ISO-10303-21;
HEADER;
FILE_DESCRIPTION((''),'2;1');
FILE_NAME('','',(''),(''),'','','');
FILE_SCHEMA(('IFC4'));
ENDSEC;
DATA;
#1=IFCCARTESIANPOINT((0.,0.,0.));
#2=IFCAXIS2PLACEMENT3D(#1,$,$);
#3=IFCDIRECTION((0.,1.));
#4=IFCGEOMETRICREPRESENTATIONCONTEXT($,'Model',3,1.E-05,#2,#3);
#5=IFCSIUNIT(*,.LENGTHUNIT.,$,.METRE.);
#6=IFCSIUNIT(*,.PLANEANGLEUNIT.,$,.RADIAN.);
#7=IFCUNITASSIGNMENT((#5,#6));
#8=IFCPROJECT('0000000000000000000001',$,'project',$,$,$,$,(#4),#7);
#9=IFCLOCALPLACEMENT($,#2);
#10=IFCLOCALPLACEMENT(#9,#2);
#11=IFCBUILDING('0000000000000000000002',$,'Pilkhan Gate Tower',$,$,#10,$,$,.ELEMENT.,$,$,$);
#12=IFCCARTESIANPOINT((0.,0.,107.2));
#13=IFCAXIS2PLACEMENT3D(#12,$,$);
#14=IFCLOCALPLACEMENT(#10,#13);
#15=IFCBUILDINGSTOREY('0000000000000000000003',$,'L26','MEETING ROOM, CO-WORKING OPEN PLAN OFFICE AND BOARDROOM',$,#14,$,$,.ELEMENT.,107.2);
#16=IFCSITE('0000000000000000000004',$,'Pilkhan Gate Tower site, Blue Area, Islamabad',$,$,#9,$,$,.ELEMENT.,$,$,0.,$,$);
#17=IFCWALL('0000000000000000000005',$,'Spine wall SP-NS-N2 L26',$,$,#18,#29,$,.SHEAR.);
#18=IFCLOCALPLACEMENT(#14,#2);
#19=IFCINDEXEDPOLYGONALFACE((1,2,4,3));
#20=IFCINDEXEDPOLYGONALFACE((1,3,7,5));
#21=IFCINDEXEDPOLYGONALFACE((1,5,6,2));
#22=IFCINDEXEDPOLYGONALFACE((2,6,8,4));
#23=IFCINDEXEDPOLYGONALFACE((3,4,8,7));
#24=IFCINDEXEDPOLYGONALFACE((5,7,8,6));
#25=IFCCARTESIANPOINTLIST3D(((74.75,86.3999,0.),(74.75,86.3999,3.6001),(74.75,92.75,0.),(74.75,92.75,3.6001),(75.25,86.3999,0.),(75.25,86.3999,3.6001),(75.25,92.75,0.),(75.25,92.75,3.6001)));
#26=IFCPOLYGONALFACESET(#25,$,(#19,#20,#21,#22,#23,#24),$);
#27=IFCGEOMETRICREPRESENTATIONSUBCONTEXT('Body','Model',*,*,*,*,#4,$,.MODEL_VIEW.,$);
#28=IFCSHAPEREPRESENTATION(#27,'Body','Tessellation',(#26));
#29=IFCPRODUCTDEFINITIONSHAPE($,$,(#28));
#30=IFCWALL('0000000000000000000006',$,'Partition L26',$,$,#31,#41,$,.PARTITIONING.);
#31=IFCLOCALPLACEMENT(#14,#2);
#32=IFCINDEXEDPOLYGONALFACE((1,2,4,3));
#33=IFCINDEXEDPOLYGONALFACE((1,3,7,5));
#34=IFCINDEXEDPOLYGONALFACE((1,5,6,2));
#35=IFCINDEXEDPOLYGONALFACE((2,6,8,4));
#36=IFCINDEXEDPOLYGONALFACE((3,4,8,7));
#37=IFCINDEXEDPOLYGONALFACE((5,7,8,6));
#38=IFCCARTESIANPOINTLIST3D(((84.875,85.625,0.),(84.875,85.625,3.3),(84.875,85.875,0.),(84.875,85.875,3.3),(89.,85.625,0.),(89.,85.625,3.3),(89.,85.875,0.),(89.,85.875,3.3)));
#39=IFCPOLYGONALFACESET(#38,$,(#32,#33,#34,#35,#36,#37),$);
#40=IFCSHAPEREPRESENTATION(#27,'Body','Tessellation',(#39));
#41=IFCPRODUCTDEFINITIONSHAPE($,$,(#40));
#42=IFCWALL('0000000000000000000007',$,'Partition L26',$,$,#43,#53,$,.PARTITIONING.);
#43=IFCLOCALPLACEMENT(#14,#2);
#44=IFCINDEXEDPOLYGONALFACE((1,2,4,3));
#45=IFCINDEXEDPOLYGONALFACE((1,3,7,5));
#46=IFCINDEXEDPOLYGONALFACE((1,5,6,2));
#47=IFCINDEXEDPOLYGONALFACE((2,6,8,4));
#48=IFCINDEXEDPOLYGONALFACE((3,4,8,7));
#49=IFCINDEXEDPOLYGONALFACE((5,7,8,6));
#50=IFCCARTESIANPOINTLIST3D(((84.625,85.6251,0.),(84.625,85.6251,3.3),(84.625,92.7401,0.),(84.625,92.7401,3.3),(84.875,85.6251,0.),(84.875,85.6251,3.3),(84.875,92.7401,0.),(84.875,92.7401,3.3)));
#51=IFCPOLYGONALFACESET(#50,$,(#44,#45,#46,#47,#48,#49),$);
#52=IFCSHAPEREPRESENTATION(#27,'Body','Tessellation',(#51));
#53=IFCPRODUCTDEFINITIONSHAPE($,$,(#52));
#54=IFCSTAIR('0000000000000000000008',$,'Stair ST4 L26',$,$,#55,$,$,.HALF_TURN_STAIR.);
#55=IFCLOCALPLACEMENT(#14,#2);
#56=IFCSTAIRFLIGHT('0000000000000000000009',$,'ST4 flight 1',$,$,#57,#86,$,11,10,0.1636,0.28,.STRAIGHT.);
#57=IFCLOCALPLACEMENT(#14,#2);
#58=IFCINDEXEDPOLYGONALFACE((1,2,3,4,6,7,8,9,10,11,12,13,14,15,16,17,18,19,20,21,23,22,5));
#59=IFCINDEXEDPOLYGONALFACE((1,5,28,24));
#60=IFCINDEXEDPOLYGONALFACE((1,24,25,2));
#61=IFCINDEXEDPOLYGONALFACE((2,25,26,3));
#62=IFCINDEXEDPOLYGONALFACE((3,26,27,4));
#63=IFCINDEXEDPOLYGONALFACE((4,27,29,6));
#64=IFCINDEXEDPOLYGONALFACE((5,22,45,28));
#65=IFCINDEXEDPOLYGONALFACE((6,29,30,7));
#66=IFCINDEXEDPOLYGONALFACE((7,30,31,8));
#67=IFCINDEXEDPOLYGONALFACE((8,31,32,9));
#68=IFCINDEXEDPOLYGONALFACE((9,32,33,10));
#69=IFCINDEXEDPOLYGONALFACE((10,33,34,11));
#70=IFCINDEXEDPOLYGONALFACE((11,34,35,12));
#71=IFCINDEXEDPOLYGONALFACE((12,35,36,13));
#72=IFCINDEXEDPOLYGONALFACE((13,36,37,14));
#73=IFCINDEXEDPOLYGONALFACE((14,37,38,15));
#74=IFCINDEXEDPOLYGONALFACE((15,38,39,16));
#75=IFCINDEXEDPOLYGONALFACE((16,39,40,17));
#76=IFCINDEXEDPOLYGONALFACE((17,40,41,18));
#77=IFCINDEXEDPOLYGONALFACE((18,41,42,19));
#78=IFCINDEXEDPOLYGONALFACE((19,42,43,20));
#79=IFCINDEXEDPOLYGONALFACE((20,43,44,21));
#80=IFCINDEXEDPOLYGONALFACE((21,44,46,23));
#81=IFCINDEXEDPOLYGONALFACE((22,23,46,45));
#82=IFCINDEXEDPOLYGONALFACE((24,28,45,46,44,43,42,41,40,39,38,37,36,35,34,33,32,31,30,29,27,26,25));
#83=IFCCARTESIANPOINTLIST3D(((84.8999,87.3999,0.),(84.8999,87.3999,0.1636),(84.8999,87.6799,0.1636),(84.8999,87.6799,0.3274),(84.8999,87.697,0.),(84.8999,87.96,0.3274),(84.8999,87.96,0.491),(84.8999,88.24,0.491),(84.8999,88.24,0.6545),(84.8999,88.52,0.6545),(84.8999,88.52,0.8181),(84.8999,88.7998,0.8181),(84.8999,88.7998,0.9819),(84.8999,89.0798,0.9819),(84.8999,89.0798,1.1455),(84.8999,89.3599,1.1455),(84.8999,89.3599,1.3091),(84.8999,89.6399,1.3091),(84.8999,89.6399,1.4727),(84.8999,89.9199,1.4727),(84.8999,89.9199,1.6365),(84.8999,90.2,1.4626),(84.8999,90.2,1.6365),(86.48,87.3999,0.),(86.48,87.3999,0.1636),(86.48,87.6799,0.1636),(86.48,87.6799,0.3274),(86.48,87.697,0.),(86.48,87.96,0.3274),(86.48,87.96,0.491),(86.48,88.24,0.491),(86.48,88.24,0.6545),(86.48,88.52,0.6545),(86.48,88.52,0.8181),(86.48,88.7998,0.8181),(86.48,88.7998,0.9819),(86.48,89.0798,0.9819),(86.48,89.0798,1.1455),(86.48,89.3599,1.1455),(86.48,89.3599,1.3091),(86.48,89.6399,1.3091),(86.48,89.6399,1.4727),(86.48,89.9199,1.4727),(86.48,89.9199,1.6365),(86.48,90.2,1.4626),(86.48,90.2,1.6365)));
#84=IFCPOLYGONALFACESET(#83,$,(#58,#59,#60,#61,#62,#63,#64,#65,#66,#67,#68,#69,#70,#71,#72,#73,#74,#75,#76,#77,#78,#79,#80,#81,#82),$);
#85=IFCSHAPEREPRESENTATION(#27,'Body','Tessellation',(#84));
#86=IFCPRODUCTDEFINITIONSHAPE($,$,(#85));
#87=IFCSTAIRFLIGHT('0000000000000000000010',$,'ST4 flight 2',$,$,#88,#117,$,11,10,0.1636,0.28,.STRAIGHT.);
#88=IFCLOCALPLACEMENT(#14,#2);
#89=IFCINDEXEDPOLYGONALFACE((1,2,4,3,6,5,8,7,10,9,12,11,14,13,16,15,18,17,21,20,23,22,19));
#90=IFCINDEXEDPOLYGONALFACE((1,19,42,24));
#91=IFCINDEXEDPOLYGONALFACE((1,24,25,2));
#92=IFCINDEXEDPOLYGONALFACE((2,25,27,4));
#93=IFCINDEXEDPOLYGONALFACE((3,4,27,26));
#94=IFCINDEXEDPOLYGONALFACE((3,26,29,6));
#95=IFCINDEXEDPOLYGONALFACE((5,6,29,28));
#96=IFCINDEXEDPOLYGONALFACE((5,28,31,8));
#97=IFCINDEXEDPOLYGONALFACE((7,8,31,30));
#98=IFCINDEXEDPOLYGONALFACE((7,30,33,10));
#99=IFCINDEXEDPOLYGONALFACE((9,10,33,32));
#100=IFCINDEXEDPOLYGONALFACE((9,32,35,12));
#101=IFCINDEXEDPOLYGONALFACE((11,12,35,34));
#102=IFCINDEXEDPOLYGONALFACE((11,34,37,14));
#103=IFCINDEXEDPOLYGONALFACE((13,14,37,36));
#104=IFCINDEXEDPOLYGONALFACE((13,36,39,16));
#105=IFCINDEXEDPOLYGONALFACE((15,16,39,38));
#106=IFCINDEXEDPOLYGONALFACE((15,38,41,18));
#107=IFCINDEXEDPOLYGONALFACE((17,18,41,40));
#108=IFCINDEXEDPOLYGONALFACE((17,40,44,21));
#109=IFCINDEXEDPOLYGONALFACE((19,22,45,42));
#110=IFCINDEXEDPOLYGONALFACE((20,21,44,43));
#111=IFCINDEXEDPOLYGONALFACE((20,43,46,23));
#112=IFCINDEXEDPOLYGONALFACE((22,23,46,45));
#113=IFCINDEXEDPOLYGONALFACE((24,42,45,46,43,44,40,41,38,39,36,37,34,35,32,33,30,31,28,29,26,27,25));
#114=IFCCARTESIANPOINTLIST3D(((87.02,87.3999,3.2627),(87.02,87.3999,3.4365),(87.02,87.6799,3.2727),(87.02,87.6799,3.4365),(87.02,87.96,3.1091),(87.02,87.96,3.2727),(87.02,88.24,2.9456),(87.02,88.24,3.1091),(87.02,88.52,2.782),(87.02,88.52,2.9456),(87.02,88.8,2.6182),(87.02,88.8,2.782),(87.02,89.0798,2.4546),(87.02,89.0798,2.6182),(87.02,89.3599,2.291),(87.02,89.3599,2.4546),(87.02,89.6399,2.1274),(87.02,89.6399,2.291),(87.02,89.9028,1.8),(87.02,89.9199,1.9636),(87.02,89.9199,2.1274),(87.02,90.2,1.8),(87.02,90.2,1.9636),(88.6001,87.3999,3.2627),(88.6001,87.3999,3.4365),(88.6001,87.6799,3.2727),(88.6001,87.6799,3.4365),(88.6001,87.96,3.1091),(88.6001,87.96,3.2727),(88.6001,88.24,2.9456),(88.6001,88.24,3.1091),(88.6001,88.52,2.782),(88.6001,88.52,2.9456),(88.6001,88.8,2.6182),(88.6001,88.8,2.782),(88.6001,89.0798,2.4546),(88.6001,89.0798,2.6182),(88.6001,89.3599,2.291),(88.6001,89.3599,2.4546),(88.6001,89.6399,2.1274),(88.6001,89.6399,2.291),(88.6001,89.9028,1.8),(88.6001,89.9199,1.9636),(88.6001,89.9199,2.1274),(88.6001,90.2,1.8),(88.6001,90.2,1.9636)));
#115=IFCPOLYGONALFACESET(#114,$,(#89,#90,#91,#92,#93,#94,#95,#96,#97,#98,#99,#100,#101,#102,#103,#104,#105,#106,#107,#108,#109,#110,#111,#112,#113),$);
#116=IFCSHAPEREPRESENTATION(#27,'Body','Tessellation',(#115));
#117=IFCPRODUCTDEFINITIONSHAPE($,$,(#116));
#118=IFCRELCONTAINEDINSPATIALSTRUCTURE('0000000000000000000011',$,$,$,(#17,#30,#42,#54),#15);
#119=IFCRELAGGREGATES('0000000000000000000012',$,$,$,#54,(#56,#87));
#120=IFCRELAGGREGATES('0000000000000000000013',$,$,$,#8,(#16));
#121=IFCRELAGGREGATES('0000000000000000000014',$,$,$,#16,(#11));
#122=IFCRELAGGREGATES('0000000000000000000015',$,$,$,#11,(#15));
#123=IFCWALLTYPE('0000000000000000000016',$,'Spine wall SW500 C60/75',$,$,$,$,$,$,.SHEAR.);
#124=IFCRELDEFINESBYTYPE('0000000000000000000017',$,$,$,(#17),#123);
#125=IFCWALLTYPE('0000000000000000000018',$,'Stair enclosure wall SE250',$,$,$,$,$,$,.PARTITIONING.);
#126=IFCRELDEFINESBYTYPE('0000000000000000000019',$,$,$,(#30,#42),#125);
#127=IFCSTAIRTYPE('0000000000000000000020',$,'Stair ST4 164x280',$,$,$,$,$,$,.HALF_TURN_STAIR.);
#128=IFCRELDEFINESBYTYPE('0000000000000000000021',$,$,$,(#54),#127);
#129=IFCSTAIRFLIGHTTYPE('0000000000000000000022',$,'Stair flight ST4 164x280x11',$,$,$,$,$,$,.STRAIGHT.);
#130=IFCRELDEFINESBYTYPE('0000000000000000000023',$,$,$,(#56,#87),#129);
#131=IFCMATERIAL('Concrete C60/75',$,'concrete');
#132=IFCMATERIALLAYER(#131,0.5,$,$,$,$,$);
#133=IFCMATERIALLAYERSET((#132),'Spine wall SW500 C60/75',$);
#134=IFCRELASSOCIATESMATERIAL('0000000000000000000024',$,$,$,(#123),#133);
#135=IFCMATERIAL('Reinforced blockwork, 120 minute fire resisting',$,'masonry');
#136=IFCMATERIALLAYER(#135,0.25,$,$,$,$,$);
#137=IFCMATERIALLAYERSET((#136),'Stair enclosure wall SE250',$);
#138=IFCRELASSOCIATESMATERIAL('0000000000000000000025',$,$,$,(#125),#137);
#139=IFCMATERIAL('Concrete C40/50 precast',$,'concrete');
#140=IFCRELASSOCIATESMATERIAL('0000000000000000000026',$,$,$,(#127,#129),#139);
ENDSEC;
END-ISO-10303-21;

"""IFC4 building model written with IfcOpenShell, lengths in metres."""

from ifc_helpers import new_model, si_unit, direction, frame, frame_2d, origin, place, context, subcontext, project, spatial, polyline, rectangle, outline, extrude, material, layer, layer_set, type_object, element, aggregate, save


model = new_model("IFC4")

# Units and contexts
model_context = context("Model", 3, precision=1e-05, world=origin(), true_north=direction((0.0, 1.0)))
body_context = subcontext(model_context, "Body", "Model", "MODEL_VIEW")
ifc_project = project(units=[si_unit("LENGTHUNIT", "METRE"), si_unit("PLANEANGLEUNIT", "RADIAN")], contexts=[model_context])

# Site, building, storey
site_placement = place(None, origin())
site = spatial("IfcSite", under=ifc_project, at=site_placement, Name="Pilkhan Gate Tower site, Blue Area, Islamabad", CompositionType="ELEMENT", RefElevation=0.0)
building_placement = place(site_placement, origin())
building = spatial("IfcBuilding", under=site, at=building_placement, Name="Pilkhan Gate Tower", CompositionType="ELEMENT")
storey_placement = place(building_placement, frame((0.0, 0.0, 107.2)))
storey = spatial("IfcBuildingStorey", under=building, at=storey_placement, Name="L26", Description="MEETING ROOM, CO-WORKING OPEN PLAN OFFICE AND BOARDROOM", CompositionType="ELEMENT", Elevation=107.2)

# Walls
ifc_material_1 = material(Name="Concrete C60/75", Category="concrete")
ifc_layer_1 = layer(ifc_material_1, 0.5)
ifc_layer_set_1 = layer_set([ifc_layer_1], Name="Spine wall SW500 C60/75")
wall_type_1 = type_object("IfcWallType", Name="Spine wall SW500 C60/75", PredefinedType="SHEAR", material=ifc_layer_set_1)
wall_1_placement = place(storey_placement, frame((75.0, 86.3999, 0.0), z_axis=(0.0, 0.0, 1.0), x_axis=(0.0, 1.0, 0.0)))
element("IfcWall", 1, at=wall_1_placement, inside=storey, type_object=wall_type_1, Name="Spine wall SP-NS-N2 L26", PredefinedType="SHEAR", context=body_context, shape_type="SweptSolid", body=[
    extrude(rectangle(XDim=6.3501, YDim=0.5, at=frame_2d((3.175, 0.0))), origin(), (0.0, 0.0, 1.0), 3.6001),
])
ifc_material_2 = material(Name="Reinforced blockwork, 120 minute fire resisting", Category="masonry")
ifc_layer_2 = layer(ifc_material_2, 0.25)
ifc_layer_set_2 = layer_set([ifc_layer_2], Name="Stair enclosure wall SE250")
wall_type_2 = type_object("IfcWallType", Name="Stair enclosure wall SE250", PredefinedType="PARTITIONING", material=ifc_layer_set_2)
wall_2_placement = place(storey_placement, frame((84.875, 85.75, 0.0), z_axis=(0.0, 0.0, 1.0), x_axis=(1.0, 0.0, 0.0)))
element("IfcWall", 2, at=wall_2_placement, inside=storey, type_object=wall_type_2, Name="Partition L26", PredefinedType="PARTITIONING", context=body_context, shape_type="SweptSolid", body=[
    extrude(rectangle(XDim=4.125, YDim=0.25, at=frame_2d((2.0625, 0.0))), origin(), (0.0, 0.0, 1.0), 3.3),
])
wall_3_placement = place(storey_placement, frame((84.75, 85.625, 0.0), z_axis=(0.0, 0.0, 1.0), x_axis=(0.0, 1.0, 0.0)))
element("IfcWall", 3, at=wall_3_placement, inside=storey, type_object=wall_type_2, Name="Partition L26", PredefinedType="PARTITIONING", context=body_context, shape_type="SweptSolid", body=[
    extrude(rectangle(XDim=7.115, YDim=0.25, at=frame_2d((3.5576, 0.0))), origin(), (0.0, 0.0, 1.0), 3.3),
])

# Stair, stair flights
ifc_material_3 = material(Name="Concrete C40/50 precast", Category="concrete")
stair_type = type_object("IfcStairType", Name="Stair ST4 164x280", PredefinedType="HALF_TURN_STAIR", material=ifc_material_3)
stair_placement = place(storey_placement, origin())
stair = element("IfcStair", 4, at=stair_placement, inside=storey, type_object=stair_type, Name="Stair ST4 L26", PredefinedType="HALF_TURN_STAIR")
stair_flight_type = type_object("IfcStairFlightType", Name="Stair flight ST4 164x280x11", PredefinedType="STRAIGHT", material=ifc_material_3)
stair_flight_1_placement = place(storey_placement, frame((85.6899, 87.3999, 0.0), z_axis=(0.0, 0.0, 1.0), x_axis=(0.0, 1.0, 0.0)))
stair_flight_1 = element("IfcStairFlight", 5, at=stair_flight_1_placement, type_object=stair_flight_type, Name="ST4 flight 1", NumberOfRisers=11, NumberOfTreads=10, PredefinedType="STRAIGHT", RiserHeight=0.1636, TreadLength=0.28, context=body_context, shape_type="SweptSolid", body=[
    extrude(outline(polyline([(0.0, 0.0), (0.0, 0.1636), (0.28, 0.1636), (0.28, 0.3274), (0.5601, 0.3274), (0.5601, 0.491), (0.8401, 0.491), (0.8401, 0.6545), (1.1201, 0.6545), (1.1201, 0.8181), (1.3999, 0.8181), (1.3999, 0.9819), (1.6799, 0.9819), (1.6799, 1.1455), (1.96, 1.1455), (1.96, 1.3091), (2.24, 1.3091), (2.24, 1.4727), (2.52, 1.4727), (2.52, 1.6365), (2.8, 1.6365), (2.8, 1.8), (2.8, 1.4626), (0.2971, 0.0), (0.0, 0.0)])), frame((0.0, 0.79, 0.0), z_axis=(0.0, -1.0, 0.0), x_axis=(1.0, 0.0, 0.0)), (0.0, 0.0, 1.0), 1.5801),
])
stair_flight_2_placement = place(storey_placement, frame((87.8101, 90.2, 1.8), z_axis=(0.0, 0.0, 1.0), x_axis=(0.0, -1.0, 0.0)))
stair_flight_2 = element("IfcStairFlight", 6, at=stair_flight_2_placement, type_object=stair_flight_type, Name="ST4 flight 2", NumberOfRisers=11, NumberOfTreads=10, PredefinedType="STRAIGHT", RiserHeight=0.1636, TreadLength=0.28, context=body_context, shape_type="SweptSolid", body=[
    extrude(outline(polyline([(0.0, 0.0), (0.0, 0.1636), (0.28, 0.1636), (0.28, 0.3274), (0.5601, 0.3274), (0.5601, 0.491), (0.8401, 0.491), (0.8401, 0.6545), (1.1201, 0.6545), (1.1201, 0.8181), (1.3999, 0.8181), (1.3999, 0.9819), (1.6799, 0.9819), (1.6799, 1.1455), (1.96, 1.1455), (1.96, 1.3091), (2.24, 1.3091), (2.24, 1.4727), (2.52, 1.4727), (2.52, 1.6365), (2.8, 1.6365), (2.8, 1.8), (2.8, 1.4626), (0.2971, 0.0), (0.0, 0.0)])), frame((0.0, 0.79, 0.0), z_axis=(0.0, -1.0, 0.0), x_axis=(1.0, 0.0, 0.0)), (0.0, 0.0, 1.0), 1.5801),
])
aggregate(stair, [stair_flight_1, stair_flight_2])

save(model, "model.ifc")
